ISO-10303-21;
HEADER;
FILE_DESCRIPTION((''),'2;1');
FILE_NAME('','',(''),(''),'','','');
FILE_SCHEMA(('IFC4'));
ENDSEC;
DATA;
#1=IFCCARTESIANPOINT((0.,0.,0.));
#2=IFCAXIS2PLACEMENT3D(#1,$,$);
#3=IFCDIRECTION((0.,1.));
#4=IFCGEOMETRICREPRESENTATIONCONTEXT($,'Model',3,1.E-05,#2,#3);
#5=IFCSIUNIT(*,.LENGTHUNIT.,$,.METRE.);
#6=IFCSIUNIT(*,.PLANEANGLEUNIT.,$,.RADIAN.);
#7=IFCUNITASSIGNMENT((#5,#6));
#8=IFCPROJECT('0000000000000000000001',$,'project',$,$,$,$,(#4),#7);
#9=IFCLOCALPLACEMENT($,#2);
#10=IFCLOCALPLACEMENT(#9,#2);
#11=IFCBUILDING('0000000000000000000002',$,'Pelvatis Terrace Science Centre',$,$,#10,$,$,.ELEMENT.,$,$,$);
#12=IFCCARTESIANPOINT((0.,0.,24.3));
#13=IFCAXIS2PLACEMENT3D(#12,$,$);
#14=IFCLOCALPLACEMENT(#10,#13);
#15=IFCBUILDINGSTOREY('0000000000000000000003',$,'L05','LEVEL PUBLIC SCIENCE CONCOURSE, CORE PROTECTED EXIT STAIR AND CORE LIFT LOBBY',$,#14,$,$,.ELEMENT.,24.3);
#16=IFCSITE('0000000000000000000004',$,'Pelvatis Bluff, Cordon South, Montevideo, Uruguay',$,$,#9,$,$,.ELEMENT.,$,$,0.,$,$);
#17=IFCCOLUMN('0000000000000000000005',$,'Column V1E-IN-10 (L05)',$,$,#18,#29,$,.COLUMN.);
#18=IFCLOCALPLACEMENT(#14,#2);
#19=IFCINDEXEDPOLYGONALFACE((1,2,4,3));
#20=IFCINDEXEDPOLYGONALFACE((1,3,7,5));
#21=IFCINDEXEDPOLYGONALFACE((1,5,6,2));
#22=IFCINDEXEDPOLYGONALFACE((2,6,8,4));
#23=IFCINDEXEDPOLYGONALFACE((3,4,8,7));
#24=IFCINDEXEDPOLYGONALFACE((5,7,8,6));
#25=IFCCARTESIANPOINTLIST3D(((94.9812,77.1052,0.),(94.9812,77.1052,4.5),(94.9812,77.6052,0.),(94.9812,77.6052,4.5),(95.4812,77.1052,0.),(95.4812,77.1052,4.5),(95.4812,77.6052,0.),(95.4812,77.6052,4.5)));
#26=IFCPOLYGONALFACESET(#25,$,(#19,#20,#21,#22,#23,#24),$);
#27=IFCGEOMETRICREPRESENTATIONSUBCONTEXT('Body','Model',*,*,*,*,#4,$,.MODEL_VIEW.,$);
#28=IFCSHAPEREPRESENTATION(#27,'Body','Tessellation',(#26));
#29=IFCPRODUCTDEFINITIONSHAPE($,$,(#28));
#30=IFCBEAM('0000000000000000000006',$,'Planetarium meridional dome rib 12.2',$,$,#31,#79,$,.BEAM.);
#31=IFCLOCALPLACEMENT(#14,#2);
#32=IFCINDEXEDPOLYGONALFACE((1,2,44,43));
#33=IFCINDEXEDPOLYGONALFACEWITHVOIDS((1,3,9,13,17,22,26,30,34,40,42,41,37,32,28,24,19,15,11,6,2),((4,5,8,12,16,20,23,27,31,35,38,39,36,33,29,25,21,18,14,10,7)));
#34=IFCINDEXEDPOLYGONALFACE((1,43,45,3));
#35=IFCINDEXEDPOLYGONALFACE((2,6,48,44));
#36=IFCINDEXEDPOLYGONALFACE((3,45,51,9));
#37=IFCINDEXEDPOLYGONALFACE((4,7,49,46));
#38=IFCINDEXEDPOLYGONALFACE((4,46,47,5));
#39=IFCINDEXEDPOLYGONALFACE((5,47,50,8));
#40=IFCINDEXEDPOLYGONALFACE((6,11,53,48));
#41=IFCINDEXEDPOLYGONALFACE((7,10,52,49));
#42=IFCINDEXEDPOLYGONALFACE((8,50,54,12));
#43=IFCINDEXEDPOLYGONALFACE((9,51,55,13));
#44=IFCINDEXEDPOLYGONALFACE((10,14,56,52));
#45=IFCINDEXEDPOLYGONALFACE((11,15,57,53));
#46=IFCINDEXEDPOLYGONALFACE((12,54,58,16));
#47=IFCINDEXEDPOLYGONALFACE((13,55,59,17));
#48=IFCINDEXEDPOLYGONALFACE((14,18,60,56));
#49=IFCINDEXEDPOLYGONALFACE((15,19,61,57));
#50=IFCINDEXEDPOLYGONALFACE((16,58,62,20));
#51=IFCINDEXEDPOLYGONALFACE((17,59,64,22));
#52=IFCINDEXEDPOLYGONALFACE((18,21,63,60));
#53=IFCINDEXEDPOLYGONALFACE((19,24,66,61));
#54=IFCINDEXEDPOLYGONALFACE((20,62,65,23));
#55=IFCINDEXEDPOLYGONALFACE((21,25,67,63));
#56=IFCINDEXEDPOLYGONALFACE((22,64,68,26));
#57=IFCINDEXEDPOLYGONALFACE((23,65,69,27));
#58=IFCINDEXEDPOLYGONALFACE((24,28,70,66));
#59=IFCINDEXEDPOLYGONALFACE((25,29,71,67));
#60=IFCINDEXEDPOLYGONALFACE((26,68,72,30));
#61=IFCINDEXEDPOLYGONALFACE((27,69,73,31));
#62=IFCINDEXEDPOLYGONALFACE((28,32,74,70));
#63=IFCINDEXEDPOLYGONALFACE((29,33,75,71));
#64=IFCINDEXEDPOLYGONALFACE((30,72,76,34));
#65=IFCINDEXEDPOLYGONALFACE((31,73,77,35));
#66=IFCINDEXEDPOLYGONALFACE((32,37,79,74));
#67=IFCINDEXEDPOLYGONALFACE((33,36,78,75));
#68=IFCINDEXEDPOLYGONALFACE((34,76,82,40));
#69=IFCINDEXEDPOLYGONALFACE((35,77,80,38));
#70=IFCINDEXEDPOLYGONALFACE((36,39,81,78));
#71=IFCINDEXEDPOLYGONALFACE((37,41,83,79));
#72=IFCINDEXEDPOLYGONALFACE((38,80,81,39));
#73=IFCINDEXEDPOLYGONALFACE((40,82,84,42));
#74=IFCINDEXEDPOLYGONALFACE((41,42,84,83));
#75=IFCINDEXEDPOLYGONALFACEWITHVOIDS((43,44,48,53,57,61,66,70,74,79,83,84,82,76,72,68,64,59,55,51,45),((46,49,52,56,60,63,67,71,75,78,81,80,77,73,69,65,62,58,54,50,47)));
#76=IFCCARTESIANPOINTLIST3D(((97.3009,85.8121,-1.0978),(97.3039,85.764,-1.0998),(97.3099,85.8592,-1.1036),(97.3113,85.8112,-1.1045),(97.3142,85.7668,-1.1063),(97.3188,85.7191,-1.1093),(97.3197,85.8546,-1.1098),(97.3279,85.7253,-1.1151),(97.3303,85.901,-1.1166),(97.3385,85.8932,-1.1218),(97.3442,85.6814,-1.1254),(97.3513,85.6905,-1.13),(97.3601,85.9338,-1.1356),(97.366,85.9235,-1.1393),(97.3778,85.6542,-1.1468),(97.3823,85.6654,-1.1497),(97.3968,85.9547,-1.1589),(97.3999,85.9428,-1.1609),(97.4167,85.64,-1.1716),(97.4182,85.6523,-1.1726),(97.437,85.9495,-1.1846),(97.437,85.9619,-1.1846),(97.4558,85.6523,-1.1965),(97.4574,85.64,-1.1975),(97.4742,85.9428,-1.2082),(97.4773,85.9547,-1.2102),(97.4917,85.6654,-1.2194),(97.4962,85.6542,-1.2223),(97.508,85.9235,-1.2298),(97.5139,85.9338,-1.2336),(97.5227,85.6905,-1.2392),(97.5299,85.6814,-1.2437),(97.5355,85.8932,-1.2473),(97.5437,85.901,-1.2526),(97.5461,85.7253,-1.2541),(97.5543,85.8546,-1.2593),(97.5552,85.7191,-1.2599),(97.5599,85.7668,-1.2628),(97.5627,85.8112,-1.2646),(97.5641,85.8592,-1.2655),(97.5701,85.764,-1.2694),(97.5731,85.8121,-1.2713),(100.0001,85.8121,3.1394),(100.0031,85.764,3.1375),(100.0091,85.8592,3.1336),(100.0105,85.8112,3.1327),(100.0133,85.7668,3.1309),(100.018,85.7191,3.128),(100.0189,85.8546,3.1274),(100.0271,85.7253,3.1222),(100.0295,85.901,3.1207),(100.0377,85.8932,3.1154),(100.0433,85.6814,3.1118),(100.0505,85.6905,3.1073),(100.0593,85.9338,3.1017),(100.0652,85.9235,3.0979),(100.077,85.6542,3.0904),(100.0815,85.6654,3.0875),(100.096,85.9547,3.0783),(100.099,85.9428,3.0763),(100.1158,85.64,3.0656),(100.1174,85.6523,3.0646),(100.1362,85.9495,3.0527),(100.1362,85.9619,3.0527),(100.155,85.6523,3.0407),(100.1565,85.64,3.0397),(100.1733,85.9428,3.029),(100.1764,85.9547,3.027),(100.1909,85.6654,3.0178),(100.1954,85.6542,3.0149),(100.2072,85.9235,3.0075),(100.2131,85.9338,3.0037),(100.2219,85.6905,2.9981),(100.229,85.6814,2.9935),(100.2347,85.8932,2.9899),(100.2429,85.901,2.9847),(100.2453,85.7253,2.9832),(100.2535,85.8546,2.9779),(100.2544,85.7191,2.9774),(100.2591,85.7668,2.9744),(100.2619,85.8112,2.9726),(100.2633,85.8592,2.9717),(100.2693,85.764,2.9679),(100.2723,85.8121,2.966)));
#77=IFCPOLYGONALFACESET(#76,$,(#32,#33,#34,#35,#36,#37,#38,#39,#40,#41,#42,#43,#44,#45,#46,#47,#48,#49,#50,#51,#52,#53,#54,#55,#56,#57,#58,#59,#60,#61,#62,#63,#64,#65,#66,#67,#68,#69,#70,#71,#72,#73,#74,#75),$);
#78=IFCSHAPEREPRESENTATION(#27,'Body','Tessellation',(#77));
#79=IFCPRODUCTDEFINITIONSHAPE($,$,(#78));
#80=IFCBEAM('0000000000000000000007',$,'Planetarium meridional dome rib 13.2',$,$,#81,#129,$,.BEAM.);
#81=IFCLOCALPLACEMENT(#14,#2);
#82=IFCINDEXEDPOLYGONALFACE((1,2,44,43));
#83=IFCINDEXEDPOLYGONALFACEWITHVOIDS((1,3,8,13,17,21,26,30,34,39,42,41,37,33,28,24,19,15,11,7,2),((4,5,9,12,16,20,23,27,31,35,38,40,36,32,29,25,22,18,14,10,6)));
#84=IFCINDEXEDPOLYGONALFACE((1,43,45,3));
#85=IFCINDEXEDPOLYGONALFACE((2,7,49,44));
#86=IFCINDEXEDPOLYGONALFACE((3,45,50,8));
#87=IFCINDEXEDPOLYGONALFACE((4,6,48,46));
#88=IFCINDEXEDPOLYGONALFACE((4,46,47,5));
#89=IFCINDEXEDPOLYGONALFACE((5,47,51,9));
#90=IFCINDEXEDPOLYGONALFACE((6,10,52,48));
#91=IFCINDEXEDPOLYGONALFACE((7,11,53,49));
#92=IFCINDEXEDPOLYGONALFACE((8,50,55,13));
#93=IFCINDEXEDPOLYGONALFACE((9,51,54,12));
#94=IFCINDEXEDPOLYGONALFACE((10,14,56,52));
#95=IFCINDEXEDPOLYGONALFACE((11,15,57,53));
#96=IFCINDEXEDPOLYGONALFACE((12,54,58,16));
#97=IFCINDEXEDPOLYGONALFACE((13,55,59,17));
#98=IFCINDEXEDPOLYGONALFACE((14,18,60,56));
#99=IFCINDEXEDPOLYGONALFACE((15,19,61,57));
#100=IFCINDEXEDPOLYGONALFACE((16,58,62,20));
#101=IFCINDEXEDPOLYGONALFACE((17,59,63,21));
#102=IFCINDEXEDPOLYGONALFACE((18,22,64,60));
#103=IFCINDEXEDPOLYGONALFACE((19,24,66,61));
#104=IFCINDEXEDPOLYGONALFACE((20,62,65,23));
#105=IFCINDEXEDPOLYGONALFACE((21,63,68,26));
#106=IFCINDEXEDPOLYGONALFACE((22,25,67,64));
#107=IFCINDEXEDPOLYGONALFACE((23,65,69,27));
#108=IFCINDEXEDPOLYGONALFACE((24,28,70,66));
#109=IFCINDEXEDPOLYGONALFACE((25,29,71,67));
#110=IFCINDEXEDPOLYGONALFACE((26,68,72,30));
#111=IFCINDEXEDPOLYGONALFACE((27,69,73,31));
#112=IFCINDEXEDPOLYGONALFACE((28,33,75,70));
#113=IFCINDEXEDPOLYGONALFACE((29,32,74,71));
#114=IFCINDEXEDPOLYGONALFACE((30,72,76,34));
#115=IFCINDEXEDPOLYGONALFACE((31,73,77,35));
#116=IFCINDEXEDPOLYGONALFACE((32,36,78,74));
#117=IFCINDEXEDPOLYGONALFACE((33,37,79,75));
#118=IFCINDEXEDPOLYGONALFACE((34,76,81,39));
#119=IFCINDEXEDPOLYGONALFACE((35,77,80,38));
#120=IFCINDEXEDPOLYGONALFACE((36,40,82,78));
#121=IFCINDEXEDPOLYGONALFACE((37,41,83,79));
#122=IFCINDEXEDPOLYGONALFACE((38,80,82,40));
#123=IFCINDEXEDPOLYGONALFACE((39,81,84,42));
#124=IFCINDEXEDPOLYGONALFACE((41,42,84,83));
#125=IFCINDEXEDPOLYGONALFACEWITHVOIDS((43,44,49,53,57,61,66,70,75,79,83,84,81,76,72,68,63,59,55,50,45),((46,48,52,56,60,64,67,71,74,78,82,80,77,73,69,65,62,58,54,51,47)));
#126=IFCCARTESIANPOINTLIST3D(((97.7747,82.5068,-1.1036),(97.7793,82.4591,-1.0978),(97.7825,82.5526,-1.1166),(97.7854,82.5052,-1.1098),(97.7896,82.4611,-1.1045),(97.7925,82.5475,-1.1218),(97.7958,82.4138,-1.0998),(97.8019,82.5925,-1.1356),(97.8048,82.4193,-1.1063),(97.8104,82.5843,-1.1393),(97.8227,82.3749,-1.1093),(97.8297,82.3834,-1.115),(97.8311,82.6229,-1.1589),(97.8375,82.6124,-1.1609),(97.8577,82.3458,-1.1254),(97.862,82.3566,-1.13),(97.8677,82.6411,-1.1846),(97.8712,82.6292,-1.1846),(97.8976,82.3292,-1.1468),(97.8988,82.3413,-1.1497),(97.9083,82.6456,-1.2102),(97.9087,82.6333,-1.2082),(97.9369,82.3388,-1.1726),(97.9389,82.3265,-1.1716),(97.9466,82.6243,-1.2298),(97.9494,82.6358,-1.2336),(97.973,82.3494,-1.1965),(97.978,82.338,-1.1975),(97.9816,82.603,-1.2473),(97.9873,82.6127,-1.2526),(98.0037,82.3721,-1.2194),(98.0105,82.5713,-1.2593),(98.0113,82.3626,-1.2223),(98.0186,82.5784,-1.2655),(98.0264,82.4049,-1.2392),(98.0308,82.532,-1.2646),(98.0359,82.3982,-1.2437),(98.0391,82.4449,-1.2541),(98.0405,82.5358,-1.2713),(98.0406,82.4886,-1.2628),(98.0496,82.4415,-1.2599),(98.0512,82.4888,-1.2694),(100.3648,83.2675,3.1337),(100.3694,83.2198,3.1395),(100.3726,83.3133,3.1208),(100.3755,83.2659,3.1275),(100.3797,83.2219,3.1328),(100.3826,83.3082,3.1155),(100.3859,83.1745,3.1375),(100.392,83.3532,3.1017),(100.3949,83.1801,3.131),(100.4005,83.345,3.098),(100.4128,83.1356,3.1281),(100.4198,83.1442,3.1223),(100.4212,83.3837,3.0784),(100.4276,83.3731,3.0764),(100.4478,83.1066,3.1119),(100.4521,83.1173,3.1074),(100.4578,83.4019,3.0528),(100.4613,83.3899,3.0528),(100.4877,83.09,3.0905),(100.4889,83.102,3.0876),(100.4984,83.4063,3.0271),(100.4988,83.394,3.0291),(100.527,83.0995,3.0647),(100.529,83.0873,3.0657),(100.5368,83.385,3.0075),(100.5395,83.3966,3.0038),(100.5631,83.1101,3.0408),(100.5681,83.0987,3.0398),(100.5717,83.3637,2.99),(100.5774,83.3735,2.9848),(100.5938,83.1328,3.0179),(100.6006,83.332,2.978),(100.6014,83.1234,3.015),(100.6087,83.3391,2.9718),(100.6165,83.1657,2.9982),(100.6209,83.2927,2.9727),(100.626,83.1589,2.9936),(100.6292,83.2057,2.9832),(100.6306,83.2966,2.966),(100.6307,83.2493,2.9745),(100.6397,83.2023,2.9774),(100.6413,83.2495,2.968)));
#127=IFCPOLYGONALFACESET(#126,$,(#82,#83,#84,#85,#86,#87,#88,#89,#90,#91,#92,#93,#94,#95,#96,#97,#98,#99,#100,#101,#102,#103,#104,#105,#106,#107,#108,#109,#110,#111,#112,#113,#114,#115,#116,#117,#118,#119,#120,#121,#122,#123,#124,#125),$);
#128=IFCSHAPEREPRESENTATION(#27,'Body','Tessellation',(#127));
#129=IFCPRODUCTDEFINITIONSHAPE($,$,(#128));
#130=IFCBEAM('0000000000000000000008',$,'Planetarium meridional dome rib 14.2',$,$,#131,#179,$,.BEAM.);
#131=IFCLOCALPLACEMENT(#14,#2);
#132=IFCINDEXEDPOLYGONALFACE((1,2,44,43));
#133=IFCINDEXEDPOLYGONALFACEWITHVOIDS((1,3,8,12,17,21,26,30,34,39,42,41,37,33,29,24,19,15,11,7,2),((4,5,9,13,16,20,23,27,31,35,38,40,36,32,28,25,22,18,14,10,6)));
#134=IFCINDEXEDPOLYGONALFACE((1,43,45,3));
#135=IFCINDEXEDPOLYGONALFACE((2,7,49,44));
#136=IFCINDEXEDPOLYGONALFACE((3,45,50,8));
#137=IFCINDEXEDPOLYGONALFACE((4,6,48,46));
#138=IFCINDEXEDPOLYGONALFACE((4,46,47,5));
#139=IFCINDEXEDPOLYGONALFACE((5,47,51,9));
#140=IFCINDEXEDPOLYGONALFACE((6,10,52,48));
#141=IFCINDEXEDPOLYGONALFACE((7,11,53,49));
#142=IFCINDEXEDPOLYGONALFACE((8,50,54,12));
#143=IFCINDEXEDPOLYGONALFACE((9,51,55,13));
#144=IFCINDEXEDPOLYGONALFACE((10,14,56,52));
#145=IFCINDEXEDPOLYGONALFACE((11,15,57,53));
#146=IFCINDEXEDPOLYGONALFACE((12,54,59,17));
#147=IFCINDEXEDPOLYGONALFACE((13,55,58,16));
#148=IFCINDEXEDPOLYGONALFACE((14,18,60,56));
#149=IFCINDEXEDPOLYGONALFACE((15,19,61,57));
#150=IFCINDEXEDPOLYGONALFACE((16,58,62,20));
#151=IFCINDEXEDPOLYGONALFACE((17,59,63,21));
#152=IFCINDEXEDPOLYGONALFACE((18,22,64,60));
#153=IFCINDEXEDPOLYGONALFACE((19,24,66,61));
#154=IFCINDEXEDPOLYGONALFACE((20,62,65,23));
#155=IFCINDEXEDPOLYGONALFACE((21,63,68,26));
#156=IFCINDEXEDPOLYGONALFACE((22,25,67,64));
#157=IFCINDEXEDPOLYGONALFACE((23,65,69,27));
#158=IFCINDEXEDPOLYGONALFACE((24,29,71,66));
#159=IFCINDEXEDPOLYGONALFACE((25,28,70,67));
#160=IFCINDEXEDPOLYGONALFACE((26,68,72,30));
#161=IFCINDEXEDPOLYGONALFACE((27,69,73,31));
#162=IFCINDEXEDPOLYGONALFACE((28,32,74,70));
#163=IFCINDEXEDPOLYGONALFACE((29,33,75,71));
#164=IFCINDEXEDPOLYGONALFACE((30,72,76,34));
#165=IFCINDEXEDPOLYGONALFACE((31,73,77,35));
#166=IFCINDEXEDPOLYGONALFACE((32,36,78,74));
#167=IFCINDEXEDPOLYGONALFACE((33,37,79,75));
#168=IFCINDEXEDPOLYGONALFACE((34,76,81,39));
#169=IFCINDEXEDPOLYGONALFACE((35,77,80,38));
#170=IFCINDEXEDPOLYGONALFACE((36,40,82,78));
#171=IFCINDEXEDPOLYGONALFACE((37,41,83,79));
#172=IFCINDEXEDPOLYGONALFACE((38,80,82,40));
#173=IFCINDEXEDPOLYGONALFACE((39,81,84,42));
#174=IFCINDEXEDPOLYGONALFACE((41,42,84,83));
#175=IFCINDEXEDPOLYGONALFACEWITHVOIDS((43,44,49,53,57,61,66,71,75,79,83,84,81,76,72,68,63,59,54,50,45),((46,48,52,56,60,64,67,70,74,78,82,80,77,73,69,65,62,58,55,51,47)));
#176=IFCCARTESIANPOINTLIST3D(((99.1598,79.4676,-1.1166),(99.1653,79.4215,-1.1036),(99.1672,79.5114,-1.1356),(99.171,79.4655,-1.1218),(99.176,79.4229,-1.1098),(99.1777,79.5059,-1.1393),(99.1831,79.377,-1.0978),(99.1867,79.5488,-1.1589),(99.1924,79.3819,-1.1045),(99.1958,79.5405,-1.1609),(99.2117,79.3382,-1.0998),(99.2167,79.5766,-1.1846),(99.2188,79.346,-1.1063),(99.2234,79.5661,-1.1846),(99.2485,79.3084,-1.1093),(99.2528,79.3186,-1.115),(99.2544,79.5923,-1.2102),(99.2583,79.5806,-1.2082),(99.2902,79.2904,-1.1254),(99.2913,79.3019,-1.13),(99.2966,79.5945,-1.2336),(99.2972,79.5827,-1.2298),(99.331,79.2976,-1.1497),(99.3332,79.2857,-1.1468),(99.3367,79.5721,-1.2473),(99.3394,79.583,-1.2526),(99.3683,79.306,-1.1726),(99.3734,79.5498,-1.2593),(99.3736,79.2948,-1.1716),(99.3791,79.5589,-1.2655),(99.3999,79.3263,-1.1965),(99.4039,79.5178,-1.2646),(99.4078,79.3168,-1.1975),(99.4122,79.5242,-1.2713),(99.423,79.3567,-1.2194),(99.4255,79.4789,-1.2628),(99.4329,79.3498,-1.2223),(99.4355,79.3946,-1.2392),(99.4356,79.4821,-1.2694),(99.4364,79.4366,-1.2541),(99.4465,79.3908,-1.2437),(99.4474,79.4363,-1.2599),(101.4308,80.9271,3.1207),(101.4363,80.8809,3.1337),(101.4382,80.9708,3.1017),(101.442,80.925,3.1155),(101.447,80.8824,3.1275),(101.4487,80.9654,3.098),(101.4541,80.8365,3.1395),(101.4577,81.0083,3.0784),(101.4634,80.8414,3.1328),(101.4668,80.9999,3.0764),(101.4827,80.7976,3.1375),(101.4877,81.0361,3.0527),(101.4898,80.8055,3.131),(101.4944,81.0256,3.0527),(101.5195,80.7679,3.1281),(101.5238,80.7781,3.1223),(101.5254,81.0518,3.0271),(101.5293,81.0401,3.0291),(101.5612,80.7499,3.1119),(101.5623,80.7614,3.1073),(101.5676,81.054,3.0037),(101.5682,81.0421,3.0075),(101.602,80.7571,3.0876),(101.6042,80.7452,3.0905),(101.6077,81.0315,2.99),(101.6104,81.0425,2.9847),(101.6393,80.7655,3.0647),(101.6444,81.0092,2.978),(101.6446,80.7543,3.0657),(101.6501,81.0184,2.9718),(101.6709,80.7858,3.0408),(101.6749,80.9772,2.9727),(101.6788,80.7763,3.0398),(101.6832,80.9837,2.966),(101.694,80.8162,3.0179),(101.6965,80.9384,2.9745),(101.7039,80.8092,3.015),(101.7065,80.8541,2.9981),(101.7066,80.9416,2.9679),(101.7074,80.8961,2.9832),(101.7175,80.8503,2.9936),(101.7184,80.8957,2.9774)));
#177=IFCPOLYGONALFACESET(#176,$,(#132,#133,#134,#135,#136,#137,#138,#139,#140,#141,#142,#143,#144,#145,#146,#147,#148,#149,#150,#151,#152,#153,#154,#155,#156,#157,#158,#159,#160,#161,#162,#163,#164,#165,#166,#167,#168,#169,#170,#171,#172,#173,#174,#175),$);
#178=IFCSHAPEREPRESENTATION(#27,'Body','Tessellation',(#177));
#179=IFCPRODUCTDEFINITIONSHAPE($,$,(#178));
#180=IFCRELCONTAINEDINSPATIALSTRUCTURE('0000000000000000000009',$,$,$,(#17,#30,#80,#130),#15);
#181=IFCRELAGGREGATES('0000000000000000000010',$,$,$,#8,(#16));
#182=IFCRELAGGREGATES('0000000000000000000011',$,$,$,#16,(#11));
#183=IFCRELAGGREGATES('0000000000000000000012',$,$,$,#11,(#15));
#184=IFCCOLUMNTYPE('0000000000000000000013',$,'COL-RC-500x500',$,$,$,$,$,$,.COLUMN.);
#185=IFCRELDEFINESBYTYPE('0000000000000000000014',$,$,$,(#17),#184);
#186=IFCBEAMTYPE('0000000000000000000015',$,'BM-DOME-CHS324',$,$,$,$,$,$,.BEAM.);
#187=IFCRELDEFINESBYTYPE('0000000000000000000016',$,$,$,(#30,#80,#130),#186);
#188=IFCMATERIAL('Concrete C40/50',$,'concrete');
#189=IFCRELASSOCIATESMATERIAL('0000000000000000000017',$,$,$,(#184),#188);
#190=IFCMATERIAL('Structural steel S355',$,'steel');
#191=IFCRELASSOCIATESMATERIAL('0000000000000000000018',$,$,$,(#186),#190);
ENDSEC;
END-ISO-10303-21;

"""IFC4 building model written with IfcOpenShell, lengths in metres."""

from ifc_helpers import new_model, si_unit, direction, frame, origin, origin_2d, place, context, subcontext, project, spatial, rectangle, hollow_circle, extrude, material, material_profile, profile_set, type_object, element, save


model = new_model("IFC4")

# Units and contexts
model_context = context("Model", 3, precision=1e-05, world=origin(), true_north=direction((0.0, 1.0)))
body_context = subcontext(model_context, "Body", "Model", "MODEL_VIEW")
ifc_project = project(units=[si_unit("LENGTHUNIT", "METRE"), si_unit("PLANEANGLEUNIT", "RADIAN")], contexts=[model_context])

# Site, building, storey
site_placement = place(None, origin())
site = spatial("IfcSite", under=ifc_project, at=site_placement, Name="Pelvatis Bluff, Cordon South, Montevideo, Uruguay", CompositionType="ELEMENT", RefElevation=0.0)
building_placement = place(site_placement, origin())
building = spatial("IfcBuilding", under=site, at=building_placement, Name="Pelvatis Terrace Science Centre", CompositionType="ELEMENT")
storey_placement = place(building_placement, frame((0.0, 0.0, 24.3)))
storey = spatial("IfcBuildingStorey", under=building, at=storey_placement, Name="L05", Description="LEVEL PUBLIC SCIENCE CONCOURSE, CORE PROTECTED EXIT STAIR AND CORE LIFT LOBBY", CompositionType="ELEMENT", Elevation=24.3)

# Column
ifc_material_1 = material(Name="Concrete C40/50", Category="concrete")
ifc_material_profile_1 = material_profile(ifc_material_1, rectangle(XDim=0.5, YDim=0.5, at=origin_2d()), Name="RC-COL 500x500")
ifc_profile_set_1 = profile_set([ifc_material_profile_1], Name="Concrete C40/50")
column_type = type_object("IfcColumnType", Name="COL-RC-500x500", PredefinedType="COLUMN", material=ifc_profile_set_1)
column_placement = place(storey_placement, frame((95.2312, 77.3552, 0.0), z_axis=(0.0, 0.0, 1.0), x_axis=(1.0, 0.0, 0.0)))
element("IfcColumn", 1, at=column_placement, inside=storey, type_object=column_type, Name="Column V1E-IN-10 (L05)", PredefinedType="COLUMN", context=body_context, shape_type="SweptSolid", body=[
    extrude(rectangle(XDim=0.5, YDim=0.5, at=origin_2d()), origin(), (0.0, 0.0, 1.0), 4.5),
])

# Beams
ifc_material_2 = material(Name="Structural steel S355", Category="steel")
ifc_material_profile_2 = material_profile(ifc_material_2, hollow_circle(Radius=0.1619, WallThickness=0.0125, at=origin_2d()), Name="CHS 323.9x12.5")
ifc_profile_set_2 = profile_set([ifc_material_profile_2], Name="Structural steel S355")
beam_type_1 = type_object("IfcBeamType", Name="BM-DOME-CHS324", PredefinedType="BEAM", material=ifc_profile_set_2)
beam_1_placement = place(storey_placement, frame((97.437, 85.8, -1.1846), z_axis=(0.537265, 0.0, 0.843413), x_axis=(0.0, 1.0, 0.0)))
element("IfcBeam", 2, at=beam_1_placement, inside=storey, type_object=beam_type_1, Name="Planetarium meridional dome rib 12.2", PredefinedType="BEAM", context=body_context, shape_type="SweptSolid", body=[
    extrude(hollow_circle(Radius=0.1619, WallThickness=0.0125, at=origin_2d()), origin(), (0.0, 0.0, 1.0), 5.0239),
])
for number, where, z_axis, x_axis, name in (
    (3, (97.9133, 82.4858, -1.1846), (0.515528, 0.151417, 0.843388), (-0.281809, 0.959471, 0.0), "Planetarium meridional dome rib 13.2"),
    (4, (99.3042, 79.4404, -1.1846), (0.452015, 0.290491, 0.843385), (-0.540639, 0.841255, 0.0), "Planetarium meridional dome rib 14.2"),
):
    element("IfcBeam", number, at=place(storey_placement, frame(where, z_axis=z_axis, x_axis=x_axis)), inside=storey, type_object=beam_type_1, Name=name, PredefinedType="BEAM", context=body_context, shape_type="SweptSolid", body=[
        extrude(hollow_circle(Radius=0.1619, WallThickness=0.0125, at=origin_2d()), origin(), (0.0, 0.0, 1.0), 5.0242),
    ])

save(model, "model.ifc")
